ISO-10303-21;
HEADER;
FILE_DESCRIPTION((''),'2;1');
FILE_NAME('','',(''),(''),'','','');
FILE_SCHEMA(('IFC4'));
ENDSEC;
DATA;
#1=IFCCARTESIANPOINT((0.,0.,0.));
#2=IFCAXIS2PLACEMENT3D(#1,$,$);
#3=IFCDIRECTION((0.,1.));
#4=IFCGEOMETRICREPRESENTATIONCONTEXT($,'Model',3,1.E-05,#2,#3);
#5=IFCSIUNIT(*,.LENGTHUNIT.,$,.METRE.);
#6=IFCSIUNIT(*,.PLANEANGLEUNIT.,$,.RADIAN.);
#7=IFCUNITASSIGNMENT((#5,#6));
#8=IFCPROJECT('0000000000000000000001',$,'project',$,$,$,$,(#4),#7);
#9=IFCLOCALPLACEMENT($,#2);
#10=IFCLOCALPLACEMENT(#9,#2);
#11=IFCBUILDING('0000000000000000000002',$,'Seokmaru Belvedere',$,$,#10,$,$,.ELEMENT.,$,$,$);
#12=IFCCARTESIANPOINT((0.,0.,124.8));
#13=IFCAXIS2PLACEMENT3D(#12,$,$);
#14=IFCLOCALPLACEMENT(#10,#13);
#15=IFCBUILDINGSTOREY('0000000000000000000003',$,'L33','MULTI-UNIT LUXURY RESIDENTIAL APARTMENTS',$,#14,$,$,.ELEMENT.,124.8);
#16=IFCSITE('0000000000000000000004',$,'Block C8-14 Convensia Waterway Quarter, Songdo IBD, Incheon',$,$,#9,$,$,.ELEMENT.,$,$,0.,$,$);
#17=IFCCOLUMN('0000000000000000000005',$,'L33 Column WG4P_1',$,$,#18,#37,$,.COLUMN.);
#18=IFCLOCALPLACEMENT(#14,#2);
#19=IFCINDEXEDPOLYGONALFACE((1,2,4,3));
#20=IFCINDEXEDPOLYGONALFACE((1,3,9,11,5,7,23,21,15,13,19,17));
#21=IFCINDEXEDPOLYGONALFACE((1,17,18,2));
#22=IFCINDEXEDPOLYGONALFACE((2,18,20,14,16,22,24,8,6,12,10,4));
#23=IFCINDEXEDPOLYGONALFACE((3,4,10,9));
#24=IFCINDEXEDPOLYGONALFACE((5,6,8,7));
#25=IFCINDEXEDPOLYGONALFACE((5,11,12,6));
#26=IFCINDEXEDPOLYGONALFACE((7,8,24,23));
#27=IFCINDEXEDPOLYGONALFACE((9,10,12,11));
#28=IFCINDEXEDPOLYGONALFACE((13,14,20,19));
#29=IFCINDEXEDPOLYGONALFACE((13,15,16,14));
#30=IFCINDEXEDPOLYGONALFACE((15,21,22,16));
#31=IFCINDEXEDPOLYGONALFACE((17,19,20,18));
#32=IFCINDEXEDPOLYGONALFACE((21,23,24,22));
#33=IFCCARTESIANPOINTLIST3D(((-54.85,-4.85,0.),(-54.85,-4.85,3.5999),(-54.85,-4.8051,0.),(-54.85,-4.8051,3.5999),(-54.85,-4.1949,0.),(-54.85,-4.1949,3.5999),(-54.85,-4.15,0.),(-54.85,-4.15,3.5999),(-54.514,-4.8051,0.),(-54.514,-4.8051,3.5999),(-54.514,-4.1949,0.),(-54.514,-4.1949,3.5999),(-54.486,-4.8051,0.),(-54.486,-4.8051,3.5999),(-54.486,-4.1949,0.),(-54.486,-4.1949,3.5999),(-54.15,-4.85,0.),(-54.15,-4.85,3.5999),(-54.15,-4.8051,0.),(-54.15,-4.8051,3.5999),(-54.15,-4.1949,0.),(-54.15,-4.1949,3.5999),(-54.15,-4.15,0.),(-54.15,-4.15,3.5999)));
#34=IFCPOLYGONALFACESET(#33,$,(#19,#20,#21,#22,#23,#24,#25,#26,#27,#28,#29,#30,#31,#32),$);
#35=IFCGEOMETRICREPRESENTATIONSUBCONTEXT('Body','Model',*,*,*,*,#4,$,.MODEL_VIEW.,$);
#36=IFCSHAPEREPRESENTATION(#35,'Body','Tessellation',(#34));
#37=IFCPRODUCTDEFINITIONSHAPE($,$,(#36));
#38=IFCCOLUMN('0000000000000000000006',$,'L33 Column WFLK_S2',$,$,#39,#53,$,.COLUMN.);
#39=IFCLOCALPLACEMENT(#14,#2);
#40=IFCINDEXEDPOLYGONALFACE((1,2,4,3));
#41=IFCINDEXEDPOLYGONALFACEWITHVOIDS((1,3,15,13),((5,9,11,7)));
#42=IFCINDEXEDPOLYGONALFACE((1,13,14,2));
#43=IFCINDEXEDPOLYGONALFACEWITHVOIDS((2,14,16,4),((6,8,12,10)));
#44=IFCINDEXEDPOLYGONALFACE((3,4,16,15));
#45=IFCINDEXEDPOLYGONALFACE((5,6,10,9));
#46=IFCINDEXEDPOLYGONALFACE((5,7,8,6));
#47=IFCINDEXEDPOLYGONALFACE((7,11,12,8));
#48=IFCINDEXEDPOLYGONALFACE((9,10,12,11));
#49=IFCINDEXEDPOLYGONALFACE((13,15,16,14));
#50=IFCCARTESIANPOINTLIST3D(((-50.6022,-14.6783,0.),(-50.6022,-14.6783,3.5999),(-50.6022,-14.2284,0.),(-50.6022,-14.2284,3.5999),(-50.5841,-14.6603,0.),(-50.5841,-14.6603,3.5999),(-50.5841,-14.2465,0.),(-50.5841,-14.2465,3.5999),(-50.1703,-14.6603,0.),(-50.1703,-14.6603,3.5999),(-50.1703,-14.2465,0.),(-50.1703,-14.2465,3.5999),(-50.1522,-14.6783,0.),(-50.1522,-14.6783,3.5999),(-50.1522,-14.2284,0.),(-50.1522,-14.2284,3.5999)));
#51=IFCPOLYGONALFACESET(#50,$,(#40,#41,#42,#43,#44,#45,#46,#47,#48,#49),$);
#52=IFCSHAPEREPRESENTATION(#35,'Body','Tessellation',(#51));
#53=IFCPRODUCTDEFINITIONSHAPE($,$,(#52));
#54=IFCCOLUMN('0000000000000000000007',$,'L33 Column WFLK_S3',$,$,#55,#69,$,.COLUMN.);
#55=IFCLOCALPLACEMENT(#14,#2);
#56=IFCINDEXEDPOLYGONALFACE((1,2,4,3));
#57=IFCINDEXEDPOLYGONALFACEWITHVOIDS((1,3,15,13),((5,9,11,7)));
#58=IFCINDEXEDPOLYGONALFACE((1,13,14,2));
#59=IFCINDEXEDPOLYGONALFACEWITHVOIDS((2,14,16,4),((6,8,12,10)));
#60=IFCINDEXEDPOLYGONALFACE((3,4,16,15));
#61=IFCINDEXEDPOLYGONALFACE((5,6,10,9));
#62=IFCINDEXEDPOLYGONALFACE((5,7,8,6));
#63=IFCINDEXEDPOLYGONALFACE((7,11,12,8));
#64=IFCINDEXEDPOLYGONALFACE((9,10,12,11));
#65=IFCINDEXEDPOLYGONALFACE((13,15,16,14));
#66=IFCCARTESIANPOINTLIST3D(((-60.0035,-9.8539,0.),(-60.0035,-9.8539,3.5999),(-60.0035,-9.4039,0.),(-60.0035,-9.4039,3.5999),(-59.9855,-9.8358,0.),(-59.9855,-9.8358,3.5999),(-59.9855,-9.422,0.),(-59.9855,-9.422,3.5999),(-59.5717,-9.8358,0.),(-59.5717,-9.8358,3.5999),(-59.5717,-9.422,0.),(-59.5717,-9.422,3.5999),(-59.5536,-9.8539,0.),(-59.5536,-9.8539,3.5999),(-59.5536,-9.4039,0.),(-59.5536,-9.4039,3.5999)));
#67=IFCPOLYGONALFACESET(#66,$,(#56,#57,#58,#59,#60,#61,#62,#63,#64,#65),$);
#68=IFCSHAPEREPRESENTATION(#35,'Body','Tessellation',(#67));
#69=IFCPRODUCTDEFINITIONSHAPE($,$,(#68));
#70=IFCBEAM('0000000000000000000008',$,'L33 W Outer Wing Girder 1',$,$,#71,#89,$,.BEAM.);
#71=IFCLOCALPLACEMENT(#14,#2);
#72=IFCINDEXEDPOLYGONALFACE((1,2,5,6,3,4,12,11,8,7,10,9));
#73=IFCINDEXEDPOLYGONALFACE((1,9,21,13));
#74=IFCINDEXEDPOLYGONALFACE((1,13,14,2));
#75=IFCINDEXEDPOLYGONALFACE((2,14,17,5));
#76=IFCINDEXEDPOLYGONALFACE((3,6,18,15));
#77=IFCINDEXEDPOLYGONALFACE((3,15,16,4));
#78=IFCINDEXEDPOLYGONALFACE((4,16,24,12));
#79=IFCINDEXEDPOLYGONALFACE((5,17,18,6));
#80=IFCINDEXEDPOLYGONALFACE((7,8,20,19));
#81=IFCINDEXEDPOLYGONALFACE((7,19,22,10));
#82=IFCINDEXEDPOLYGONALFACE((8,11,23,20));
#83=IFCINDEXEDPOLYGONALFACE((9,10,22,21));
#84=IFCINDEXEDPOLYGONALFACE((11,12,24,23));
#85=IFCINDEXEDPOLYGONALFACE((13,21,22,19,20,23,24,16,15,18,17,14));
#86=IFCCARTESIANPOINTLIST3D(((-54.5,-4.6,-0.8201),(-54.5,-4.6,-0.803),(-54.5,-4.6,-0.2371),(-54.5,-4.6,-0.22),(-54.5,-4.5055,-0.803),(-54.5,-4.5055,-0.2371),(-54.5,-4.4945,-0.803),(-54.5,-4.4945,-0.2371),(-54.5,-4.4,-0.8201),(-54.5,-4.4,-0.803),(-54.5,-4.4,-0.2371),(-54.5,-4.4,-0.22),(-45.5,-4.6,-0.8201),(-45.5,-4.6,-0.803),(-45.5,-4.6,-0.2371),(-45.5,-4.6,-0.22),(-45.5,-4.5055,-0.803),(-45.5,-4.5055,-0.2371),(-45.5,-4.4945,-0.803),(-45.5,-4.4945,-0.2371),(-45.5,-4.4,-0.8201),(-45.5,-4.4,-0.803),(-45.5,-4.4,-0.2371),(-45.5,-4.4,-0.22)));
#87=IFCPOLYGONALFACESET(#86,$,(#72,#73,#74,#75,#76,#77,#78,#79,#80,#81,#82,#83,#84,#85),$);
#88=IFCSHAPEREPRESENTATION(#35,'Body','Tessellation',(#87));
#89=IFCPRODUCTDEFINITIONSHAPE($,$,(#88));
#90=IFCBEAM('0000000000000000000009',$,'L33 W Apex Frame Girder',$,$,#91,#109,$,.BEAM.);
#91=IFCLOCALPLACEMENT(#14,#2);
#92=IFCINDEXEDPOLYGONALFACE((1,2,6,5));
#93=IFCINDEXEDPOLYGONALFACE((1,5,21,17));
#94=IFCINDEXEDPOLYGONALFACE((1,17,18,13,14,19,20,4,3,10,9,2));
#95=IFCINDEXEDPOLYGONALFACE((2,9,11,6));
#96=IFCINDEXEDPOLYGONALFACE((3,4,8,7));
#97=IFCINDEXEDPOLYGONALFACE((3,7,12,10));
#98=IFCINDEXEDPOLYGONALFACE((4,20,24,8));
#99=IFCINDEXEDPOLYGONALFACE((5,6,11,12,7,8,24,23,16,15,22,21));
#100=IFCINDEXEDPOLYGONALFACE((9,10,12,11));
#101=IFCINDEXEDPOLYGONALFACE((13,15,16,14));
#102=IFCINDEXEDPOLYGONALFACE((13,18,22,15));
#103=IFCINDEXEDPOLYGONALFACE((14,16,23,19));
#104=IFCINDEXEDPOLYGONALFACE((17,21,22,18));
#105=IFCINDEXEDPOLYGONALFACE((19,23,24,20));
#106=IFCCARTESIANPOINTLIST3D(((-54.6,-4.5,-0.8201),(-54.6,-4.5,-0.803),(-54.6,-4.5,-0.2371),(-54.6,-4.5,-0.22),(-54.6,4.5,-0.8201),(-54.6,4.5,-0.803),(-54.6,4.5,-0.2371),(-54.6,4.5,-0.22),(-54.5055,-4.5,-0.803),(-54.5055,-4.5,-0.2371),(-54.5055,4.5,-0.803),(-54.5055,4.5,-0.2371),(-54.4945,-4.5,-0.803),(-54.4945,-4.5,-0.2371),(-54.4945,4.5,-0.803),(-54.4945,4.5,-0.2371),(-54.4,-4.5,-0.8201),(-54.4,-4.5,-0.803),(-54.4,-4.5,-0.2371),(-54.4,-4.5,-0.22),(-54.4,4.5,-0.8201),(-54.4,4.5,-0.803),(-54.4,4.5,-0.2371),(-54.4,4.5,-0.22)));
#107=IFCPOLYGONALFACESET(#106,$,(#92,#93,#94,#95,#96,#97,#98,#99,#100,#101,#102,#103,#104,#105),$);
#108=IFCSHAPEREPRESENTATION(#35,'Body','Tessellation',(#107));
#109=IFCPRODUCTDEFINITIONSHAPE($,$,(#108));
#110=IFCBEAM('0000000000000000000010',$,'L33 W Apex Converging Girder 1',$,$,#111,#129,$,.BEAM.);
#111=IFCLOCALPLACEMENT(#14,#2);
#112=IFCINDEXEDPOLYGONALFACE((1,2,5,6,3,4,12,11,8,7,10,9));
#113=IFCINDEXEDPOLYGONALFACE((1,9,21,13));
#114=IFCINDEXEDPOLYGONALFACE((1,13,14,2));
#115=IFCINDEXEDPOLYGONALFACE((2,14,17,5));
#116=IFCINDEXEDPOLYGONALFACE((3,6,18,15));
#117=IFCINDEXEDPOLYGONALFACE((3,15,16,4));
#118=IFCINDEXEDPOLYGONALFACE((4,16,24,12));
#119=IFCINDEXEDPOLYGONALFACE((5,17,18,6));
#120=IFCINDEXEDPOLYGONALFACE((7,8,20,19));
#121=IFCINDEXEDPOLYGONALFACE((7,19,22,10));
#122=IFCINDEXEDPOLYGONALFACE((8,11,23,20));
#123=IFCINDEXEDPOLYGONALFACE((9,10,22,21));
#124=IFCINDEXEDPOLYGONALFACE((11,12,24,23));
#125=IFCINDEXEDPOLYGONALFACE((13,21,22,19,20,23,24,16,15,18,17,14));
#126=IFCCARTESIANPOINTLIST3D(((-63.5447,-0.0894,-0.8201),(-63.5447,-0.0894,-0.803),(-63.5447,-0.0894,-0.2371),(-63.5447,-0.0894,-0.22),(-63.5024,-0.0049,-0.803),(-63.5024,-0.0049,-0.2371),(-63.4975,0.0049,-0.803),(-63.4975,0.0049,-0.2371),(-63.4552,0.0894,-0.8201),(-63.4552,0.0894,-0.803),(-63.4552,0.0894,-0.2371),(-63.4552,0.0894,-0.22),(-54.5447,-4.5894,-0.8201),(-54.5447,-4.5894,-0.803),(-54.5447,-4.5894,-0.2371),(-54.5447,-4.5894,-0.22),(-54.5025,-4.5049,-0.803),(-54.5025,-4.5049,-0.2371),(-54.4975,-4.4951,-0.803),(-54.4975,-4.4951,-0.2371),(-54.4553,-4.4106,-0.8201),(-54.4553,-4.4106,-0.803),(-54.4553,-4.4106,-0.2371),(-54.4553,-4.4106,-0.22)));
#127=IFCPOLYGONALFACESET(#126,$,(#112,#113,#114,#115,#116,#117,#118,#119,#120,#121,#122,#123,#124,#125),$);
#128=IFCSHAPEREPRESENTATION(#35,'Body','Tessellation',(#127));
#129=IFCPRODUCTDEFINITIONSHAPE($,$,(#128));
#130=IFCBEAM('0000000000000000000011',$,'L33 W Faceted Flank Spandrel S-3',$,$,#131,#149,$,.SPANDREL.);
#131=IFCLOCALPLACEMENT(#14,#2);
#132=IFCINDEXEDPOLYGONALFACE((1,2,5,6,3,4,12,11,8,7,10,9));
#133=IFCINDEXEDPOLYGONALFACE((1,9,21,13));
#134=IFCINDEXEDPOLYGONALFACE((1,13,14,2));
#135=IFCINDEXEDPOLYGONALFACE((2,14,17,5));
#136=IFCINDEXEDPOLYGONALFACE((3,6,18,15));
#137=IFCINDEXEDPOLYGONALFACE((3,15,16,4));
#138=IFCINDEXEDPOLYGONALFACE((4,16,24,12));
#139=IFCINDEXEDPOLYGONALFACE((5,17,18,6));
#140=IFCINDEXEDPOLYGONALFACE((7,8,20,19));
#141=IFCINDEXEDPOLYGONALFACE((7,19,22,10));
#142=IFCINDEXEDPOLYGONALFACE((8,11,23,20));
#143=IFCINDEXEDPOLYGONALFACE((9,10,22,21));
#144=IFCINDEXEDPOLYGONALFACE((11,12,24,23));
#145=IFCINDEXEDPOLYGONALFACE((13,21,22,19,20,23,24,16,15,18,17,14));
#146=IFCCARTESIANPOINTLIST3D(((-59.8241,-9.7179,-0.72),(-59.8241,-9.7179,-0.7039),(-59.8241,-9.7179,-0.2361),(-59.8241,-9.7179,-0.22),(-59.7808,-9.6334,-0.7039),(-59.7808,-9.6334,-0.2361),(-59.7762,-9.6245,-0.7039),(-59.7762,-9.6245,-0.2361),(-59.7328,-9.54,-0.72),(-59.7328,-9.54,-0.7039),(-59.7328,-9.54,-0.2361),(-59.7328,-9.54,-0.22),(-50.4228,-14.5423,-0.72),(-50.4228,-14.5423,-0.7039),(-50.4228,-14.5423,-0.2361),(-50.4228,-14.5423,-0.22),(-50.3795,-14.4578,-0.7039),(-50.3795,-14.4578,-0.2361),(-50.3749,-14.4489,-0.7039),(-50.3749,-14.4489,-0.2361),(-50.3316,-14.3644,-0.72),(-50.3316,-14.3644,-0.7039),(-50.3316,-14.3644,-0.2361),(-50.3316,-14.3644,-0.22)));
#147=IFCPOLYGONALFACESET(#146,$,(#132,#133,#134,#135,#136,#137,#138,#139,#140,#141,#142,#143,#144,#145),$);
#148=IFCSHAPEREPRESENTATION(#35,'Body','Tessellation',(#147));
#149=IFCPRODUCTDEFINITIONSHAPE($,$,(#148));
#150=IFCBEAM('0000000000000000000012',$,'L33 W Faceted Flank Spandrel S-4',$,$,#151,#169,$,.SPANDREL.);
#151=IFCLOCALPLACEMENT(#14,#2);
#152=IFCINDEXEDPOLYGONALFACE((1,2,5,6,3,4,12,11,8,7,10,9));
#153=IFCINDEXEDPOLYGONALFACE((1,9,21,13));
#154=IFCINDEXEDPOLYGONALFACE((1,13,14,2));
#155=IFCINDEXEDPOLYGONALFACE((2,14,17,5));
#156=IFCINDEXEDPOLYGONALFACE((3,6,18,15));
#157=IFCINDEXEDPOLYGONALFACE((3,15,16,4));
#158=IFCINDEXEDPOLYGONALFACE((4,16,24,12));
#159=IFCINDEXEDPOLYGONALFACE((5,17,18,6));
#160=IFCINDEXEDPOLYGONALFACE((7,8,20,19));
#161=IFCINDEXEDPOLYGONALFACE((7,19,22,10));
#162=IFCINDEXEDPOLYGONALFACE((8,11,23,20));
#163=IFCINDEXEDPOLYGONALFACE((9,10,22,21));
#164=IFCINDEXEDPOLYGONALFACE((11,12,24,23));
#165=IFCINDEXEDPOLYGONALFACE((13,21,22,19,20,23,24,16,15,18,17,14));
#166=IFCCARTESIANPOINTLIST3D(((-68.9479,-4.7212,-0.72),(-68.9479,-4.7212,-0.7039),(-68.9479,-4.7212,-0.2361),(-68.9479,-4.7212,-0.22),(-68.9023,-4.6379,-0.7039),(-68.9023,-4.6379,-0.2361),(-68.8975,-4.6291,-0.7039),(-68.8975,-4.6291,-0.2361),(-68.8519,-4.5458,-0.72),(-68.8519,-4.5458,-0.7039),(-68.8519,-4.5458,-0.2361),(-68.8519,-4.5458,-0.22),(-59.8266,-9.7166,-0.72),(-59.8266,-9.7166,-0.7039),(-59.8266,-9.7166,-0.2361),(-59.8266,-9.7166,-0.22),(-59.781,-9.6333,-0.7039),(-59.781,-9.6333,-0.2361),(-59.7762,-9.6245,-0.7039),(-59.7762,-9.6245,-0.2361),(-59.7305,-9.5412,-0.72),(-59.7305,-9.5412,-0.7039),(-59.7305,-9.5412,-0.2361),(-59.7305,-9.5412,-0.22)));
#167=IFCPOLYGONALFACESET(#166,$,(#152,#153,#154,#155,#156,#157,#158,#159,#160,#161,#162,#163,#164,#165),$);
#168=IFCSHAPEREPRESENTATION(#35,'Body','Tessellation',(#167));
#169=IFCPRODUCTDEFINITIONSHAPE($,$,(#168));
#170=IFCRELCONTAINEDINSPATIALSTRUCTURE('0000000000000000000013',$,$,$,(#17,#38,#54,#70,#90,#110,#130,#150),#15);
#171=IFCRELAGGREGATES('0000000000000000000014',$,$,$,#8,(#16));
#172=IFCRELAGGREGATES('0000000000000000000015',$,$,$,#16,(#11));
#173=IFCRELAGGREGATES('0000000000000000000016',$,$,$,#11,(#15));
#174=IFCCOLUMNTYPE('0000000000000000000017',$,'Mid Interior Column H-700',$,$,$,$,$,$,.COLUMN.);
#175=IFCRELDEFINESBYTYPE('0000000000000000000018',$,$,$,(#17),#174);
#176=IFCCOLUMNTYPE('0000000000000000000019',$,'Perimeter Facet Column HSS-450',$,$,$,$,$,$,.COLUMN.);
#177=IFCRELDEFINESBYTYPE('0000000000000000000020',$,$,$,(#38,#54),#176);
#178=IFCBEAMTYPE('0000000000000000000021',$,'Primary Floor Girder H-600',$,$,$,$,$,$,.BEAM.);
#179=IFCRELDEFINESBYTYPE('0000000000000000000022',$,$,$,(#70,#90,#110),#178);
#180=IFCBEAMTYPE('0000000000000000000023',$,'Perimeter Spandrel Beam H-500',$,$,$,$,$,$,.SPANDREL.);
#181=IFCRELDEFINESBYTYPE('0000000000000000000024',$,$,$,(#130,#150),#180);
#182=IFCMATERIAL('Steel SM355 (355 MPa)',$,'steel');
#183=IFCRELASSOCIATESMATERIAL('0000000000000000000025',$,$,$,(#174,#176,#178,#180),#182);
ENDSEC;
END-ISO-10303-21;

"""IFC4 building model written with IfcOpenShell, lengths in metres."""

from ifc_helpers import new_model, si_unit, direction, frame, origin, origin_2d, place, context, subcontext, project, spatial, hollow_rectangle, i_section, extrude, source, transform, mapped, material, material_profile, profile_set, type_object, type_shapes, element, save


model = new_model("IFC4")

# Units and contexts
model_context = context("Model", 3, precision=1e-05, world=origin(), true_north=direction((0.0, 1.0)))
body_context = subcontext(model_context, "Body", "Model", "MODEL_VIEW")
ifc_project = project(units=[si_unit("LENGTHUNIT", "METRE"), si_unit("PLANEANGLEUNIT", "RADIAN")], contexts=[model_context])

# Site, building, storey
site_placement = place(None, origin())
site = spatial("IfcSite", under=ifc_project, at=site_placement, Name="Block C8-14 Convensia Waterway Quarter, Songdo IBD, Incheon", CompositionType="ELEMENT", RefElevation=0.0)
building_placement = place(site_placement, origin())
building = spatial("IfcBuilding", under=site, at=building_placement, Name="Seokmaru Belvedere", CompositionType="ELEMENT")
storey_placement = place(building_placement, frame((0.0, 0.0, 124.8)))
storey = spatial("IfcBuildingStorey", under=building, at=storey_placement, Name="L33", Description="MULTI-UNIT LUXURY RESIDENTIAL APARTMENTS", CompositionType="ELEMENT", Elevation=124.8)

# Columns
ifc_material_1 = material(Name="Steel SM355 (355 MPa)", Category="steel")
ifc_material_profile_1 = material_profile(ifc_material_1, i_section(OverallWidth=0.7, OverallDepth=0.7, WebThickness=0.0281, FlangeThickness=0.0449, at=origin_2d()), Name="H-700x700x28x45")
ifc_profile_set_1 = profile_set([ifc_material_profile_1], Name="Steel SM355 (355 MPa)")
column_type_1 = type_object("IfcColumnType", Name="Mid Interior Column H-700", PredefinedType="COLUMN", material=ifc_profile_set_1)
shared_shape_1 = source(origin(), body_context, "Body", "SweptSolid", [
    extrude(i_section(OverallWidth=0.7, OverallDepth=0.7, WebThickness=0.0281, FlangeThickness=0.0449, at=origin_2d()), origin(), (0.0, 0.0, 1.0), 3.5999),
])
type_shapes(column_type_1, [shared_shape_1])
column_placement = place(storey_placement, frame((-54.5, -4.5, 0.0), z_axis=(0.0, 0.0, 1.0), x_axis=(1.0, 0.0, 0.0)))
element("IfcColumn", 1, at=column_placement, inside=storey, type_object=column_type_1, Name="L33 Column WG4P_1", PredefinedType="COLUMN", context=body_context, shape_type="MappedRepresentation", body=[
    mapped(shared_shape_1, transform((0.0, 0.0, 0.0), scale=1.0)),
])
ifc_material_profile_2 = material_profile(ifc_material_1, hollow_rectangle(XDim=0.45, YDim=0.45, WallThickness=0.0181, at=origin_2d()), Name="HSS-450x450x18")
ifc_profile_set_2 = profile_set([ifc_material_profile_2], Name="Steel SM355 (355 MPa)")
column_type_2 = type_object("IfcColumnType", Name="Perimeter Facet Column HSS-450", PredefinedType="COLUMN", material=ifc_profile_set_2)
shared_shape_2 = source(origin(), body_context, "Body", "SweptSolid", [
    extrude(hollow_rectangle(XDim=0.45, YDim=0.45, WallThickness=0.0181, at=origin_2d()), origin(), (0.0, 0.0, 1.0), 3.5999),
])
type_shapes(column_type_2, [shared_shape_2])
for number, where, z_axis, x_axis, name in (
    (2, (-50.3772, -14.4534, 0.0), (0.0, 0.0, 1.0), (1.0, 0.0, 0.0), "L33 Column WFLK_S2"),
    (3, (-59.7786, -9.6289, 0.0), (0.0, 0.0, 1.0), (1.0, 0.0, 0.0), "L33 Column WFLK_S3"),
):
    element("IfcColumn", number, at=place(storey_placement, frame(where, z_axis=z_axis, x_axis=x_axis)), inside=storey, type_object=column_type_2, Name=name, PredefinedType="COLUMN", context=body_context, shape_type="MappedRepresentation", body=[
        mapped(shared_shape_2, transform((0.0, 0.0, 0.0), scale=1.0)),
    ])

# Beams
ifc_material_profile_3 = material_profile(ifc_material_1, i_section(OverallWidth=0.2, OverallDepth=0.6001, WebThickness=0.011, FlangeThickness=0.0171, at=origin_2d()), Name="H-600x200x11x17")
ifc_profile_set_3 = profile_set([ifc_material_profile_3], Name="Steel SM355 (355 MPa)")
beam_type_1 = type_object("IfcBeamType", Name="Primary Floor Girder H-600", PredefinedType="BEAM", material=ifc_profile_set_3)
shared_shape_3 = source(origin(), body_context, "Body", "SweptSolid", [
    extrude(i_section(OverallWidth=0.2, OverallDepth=0.6001, WebThickness=0.011, FlangeThickness=0.0171, at=origin_2d()), origin(), (0.0, 0.0, 1.0), 9.0),
])
for number, where, z_axis, x_axis, name in (
    (4, (-54.5, -4.5, -0.52), (1.0, 0.0, 0.0), (0.0, 1.0, 0.0), "L33 W Outer Wing Girder 1"),
    (5, (-54.5, -4.5, -0.52), (0.0, 1.0, 0.0), (-1.0, 0.0, 0.0), "L33 W Apex Frame Girder"),
):
    element("IfcBeam", number, at=place(storey_placement, frame(where, z_axis=z_axis, x_axis=x_axis)), inside=storey, type_object=beam_type_1, Name=name, PredefinedType="BEAM", context=body_context, shape_type="MappedRepresentation", body=[
        mapped(shared_shape_3, transform((0.0, 0.0, 0.0), scale=1.0)),
    ])
shared_shape_4 = source(origin(), body_context, "Body", "SweptSolid", [
    extrude(i_section(OverallWidth=0.2, OverallDepth=0.6001, WebThickness=0.011, FlangeThickness=0.0171, at=origin_2d()), origin(), (0.0, 0.0, 1.0), 10.0623),
])
beam_1_placement = place(storey_placement, frame((-54.5, -4.5, -0.52), z_axis=(-0.894427, 0.447214, 0.0), x_axis=(-0.447214, -0.894427, 0.0)))
element("IfcBeam", 6, at=beam_1_placement, inside=storey, type_object=beam_type_1, Name="L33 W Apex Converging Girder 1", PredefinedType="BEAM", context=body_context, shape_type="MappedRepresentation", body=[
    mapped(shared_shape_4, transform((0.0, 0.0, 0.0), scale=1.0)),
])
ifc_material_profile_4 = material_profile(ifc_material_1, i_section(OverallWidth=0.2, OverallDepth=0.5, WebThickness=0.01, FlangeThickness=0.0161, at=origin_2d()), Name="H-500x200x10x16")
ifc_profile_set_4 = profile_set([ifc_material_profile_4], Name="Steel SM355 (355 MPa)")
beam_type_2 = type_object("IfcBeamType", Name="Perimeter Spandrel Beam H-500", PredefinedType="SPANDREL", material=ifc_profile_set_4)
shared_shape_5 = source(origin(), body_context, "Body", "SweptSolid", [
    extrude(i_section(OverallWidth=0.2, OverallDepth=0.5, WebThickness=0.01, FlangeThickness=0.0161, at=origin_2d()), origin(), (0.0, 0.0, 1.0), 10.5669),
])
beam_2_placement = place(storey_placement, frame((-50.3772, -14.4534, -0.47), z_axis=(-0.889693, 0.45656, 0.0), x_axis=(-0.45656, -0.889693, 0.0)))
element("IfcBeam", 7, at=beam_2_placement, inside=storey, type_object=beam_type_2, Name="L33 W Faceted Flank Spandrel S-3", PredefinedType="SPANDREL", context=body_context, shape_type="MappedRepresentation", body=[
    mapped(shared_shape_5, transform((0.0, 0.0, 0.0), scale=1.0)),
])
shared_shape_6 = source(origin(), body_context, "Body", "SweptSolid", [
    extrude(i_section(OverallWidth=0.2, OverallDepth=0.5, WebThickness=0.01, FlangeThickness=0.0161, at=origin_2d()), origin(), (0.0, 0.0, 1.0), 10.3997),
])
type_shapes(beam_type_2, [shared_shape_5, shared_shape_6])
beam_3_placement = place(storey_placement, frame((-59.7786, -9.6289, -0.47), z_axis=(-0.877082, 0.48034, 0.0), x_axis=(-0.48034, -0.877082, 0.0)))
element("IfcBeam", 8, at=beam_3_placement, inside=storey, type_object=beam_type_2, Name="L33 W Faceted Flank Spandrel S-4", PredefinedType="SPANDREL", context=body_context, shape_type="MappedRepresentation", body=[
    mapped(shared_shape_6, transform((0.0, 0.0, 0.0), scale=1.0)),
])

save(model, "model.ifc")
